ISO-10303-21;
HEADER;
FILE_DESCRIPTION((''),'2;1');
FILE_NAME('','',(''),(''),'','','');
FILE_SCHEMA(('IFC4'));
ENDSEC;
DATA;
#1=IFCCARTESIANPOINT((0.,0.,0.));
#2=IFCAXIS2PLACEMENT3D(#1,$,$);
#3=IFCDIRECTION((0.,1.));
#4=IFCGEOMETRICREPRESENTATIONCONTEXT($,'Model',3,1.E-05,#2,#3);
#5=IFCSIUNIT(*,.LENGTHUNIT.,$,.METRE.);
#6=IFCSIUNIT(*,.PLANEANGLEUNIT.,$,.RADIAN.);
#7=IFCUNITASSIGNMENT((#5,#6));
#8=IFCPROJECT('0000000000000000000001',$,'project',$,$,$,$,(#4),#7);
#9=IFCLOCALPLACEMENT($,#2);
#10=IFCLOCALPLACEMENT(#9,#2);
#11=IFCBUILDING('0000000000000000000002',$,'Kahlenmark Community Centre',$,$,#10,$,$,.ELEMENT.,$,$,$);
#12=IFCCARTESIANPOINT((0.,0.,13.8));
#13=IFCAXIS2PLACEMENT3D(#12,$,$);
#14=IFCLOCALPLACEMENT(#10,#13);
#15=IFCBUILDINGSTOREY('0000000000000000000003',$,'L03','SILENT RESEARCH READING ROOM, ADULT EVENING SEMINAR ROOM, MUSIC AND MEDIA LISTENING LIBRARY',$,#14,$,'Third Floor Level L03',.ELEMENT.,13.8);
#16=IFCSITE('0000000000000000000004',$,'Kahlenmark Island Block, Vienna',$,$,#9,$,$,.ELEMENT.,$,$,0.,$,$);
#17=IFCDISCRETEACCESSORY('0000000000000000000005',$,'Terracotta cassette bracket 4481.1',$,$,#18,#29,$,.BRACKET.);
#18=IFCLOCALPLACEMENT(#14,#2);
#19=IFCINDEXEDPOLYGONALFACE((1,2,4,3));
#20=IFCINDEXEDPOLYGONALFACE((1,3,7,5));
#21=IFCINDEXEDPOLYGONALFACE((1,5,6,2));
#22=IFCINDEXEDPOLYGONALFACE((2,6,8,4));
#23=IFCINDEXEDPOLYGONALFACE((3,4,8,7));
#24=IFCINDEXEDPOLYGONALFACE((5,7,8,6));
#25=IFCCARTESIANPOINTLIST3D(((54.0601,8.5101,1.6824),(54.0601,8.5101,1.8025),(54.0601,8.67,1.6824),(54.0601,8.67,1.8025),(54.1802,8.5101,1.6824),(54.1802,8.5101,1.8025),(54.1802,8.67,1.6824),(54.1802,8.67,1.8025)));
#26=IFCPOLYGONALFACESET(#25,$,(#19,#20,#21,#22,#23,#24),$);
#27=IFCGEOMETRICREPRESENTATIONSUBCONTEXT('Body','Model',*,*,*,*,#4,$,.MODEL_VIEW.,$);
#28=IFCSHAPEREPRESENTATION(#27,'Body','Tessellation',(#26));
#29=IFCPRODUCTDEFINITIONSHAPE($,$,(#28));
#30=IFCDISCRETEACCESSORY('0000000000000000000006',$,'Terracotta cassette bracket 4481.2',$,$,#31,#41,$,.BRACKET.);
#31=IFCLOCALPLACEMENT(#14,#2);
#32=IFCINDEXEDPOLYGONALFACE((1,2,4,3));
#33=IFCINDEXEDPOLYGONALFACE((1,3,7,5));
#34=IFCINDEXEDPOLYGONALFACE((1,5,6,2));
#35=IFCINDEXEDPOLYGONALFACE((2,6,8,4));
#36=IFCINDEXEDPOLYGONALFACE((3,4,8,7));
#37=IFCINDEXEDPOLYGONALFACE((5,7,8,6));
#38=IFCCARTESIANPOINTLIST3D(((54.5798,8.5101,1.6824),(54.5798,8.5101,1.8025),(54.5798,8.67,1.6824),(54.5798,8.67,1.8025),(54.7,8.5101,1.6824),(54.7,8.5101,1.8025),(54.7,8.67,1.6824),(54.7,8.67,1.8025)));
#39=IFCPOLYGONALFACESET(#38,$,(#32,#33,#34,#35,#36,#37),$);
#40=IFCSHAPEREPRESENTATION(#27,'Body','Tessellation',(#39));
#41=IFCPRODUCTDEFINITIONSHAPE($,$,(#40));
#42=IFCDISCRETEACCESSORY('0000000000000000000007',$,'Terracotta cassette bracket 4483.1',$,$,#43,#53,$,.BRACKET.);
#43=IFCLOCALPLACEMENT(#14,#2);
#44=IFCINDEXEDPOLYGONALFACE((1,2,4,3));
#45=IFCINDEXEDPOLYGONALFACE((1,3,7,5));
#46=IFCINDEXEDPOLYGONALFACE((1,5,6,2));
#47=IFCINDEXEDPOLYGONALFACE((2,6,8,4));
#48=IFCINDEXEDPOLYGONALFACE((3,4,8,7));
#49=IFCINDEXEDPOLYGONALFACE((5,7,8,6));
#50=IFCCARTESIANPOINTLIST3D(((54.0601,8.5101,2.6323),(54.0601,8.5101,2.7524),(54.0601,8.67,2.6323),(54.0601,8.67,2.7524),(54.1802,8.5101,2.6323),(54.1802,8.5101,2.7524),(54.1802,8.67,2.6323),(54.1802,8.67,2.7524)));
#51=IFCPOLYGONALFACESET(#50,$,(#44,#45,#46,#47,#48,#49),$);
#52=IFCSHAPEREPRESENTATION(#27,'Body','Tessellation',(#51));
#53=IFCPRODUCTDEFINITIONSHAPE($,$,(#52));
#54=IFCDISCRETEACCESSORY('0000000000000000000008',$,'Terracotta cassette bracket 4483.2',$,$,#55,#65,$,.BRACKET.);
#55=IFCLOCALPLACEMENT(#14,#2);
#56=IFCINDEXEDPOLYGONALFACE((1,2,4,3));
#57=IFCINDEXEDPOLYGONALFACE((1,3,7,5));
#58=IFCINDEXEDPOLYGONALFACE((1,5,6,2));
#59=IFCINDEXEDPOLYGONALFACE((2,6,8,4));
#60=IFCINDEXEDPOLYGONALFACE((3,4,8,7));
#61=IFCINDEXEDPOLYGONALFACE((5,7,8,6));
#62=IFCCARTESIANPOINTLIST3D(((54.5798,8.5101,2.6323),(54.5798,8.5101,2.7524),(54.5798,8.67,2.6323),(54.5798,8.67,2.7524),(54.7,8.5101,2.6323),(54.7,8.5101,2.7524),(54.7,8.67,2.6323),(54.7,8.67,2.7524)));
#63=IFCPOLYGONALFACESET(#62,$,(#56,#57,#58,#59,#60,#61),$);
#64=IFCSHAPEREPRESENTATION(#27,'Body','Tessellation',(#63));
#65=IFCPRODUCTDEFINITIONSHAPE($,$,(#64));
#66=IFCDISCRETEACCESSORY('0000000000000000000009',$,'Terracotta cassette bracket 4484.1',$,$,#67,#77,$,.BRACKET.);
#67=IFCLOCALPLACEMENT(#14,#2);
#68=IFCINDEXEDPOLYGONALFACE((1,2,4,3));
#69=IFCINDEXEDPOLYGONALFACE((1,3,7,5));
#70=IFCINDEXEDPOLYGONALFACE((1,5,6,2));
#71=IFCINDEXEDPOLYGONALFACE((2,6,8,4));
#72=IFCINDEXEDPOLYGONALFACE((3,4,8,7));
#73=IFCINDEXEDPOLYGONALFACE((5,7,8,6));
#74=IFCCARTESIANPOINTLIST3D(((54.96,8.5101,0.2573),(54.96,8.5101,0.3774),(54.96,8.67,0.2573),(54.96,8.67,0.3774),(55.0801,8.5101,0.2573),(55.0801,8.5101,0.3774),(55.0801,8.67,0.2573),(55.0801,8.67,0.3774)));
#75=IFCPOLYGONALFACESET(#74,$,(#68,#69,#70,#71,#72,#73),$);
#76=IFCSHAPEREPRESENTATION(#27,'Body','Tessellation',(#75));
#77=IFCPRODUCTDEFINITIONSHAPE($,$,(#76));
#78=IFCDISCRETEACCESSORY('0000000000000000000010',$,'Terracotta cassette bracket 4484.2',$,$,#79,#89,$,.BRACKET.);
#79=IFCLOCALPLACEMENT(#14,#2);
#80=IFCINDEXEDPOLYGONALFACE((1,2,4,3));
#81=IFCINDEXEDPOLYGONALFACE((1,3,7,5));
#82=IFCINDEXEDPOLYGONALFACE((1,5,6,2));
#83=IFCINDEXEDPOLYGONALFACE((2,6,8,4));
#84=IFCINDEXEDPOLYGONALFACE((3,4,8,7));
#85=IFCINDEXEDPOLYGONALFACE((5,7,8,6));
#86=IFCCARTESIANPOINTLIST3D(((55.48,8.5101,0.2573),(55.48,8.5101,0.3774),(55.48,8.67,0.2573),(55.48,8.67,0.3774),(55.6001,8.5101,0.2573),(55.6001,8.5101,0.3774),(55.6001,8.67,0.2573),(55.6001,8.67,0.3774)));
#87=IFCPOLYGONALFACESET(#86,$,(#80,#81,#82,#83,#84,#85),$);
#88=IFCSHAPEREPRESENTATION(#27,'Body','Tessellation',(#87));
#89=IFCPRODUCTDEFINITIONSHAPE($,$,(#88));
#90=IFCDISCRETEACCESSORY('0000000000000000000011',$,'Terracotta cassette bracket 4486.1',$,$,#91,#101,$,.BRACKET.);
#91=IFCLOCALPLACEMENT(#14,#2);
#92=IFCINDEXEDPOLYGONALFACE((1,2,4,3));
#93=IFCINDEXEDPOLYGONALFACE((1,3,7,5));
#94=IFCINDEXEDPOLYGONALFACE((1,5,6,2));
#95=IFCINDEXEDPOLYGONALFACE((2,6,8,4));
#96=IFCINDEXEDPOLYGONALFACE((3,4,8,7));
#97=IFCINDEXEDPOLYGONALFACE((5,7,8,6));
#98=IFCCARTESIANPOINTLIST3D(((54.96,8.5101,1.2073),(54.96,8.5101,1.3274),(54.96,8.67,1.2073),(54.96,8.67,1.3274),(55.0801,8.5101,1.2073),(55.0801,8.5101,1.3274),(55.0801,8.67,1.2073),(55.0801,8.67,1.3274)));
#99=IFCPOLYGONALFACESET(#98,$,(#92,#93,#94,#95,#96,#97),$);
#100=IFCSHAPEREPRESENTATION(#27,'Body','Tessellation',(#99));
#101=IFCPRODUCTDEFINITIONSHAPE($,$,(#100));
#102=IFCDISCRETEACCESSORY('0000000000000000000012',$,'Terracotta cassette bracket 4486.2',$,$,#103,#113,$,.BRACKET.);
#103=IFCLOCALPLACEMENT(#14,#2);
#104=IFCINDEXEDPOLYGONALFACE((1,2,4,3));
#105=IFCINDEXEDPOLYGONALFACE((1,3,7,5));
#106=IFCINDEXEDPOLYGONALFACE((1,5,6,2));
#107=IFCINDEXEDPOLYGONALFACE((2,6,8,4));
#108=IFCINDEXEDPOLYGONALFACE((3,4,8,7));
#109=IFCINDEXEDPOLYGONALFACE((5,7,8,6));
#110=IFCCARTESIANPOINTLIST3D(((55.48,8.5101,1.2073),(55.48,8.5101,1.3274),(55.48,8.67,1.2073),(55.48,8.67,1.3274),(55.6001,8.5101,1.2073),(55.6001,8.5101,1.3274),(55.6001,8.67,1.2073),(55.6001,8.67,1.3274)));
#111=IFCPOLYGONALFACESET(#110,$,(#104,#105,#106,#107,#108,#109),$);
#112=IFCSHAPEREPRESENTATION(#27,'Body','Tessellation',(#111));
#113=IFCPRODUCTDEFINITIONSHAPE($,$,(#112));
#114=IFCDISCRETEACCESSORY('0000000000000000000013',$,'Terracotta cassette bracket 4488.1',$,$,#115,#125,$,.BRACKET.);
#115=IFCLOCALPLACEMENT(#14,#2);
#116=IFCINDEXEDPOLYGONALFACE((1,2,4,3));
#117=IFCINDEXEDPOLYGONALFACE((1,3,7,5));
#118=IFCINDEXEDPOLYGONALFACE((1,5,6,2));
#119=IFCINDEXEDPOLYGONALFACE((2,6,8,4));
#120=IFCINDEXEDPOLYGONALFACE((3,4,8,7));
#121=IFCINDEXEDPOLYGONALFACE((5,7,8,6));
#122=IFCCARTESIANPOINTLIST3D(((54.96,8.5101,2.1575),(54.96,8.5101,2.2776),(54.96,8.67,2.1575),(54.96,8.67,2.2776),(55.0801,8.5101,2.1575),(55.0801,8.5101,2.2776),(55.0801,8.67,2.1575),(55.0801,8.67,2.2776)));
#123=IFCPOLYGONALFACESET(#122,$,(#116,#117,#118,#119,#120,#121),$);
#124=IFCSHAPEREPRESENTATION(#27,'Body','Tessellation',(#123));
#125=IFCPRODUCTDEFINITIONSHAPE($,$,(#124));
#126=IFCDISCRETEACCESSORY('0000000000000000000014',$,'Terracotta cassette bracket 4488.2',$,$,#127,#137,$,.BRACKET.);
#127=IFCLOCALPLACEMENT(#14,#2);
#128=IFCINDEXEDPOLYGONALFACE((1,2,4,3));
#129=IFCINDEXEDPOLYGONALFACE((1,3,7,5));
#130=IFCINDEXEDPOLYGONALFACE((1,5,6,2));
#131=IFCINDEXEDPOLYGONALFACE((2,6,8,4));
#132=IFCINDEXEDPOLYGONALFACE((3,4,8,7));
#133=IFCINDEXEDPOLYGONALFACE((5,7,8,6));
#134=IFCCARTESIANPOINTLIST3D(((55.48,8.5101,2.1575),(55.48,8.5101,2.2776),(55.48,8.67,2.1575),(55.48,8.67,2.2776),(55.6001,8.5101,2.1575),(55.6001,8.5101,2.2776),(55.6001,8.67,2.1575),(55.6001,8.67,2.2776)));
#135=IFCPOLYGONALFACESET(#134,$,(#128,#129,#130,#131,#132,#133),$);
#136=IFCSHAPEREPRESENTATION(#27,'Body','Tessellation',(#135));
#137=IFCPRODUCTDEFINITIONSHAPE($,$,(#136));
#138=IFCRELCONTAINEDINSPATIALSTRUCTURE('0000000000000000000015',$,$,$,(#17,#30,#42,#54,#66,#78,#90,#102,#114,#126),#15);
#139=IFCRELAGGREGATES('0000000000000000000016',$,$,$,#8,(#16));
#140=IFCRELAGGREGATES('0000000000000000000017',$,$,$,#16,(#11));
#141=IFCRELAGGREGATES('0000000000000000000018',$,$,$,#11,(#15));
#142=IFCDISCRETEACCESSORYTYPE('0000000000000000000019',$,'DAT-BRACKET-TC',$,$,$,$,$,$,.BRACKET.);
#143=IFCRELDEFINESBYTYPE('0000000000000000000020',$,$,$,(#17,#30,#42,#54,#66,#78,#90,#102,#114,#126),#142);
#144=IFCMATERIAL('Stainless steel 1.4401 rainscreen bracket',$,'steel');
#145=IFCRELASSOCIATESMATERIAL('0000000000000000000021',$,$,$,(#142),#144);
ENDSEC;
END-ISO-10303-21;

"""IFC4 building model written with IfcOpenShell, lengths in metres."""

from ifc_helpers import new_model, si_unit, direction, frame, origin, origin_2d, place, context, subcontext, project, spatial, rectangle, extrude, material, type_object, element, save


model = new_model("IFC4")

# Units and contexts
model_context = context("Model", 3, precision=1e-05, world=origin(), true_north=direction((0.0, 1.0)))
body_context = subcontext(model_context, "Body", "Model", "MODEL_VIEW")
ifc_project = project(units=[si_unit("LENGTHUNIT", "METRE"), si_unit("PLANEANGLEUNIT", "RADIAN")], contexts=[model_context])

# Site, building, storey
site_placement = place(None, origin())
site = spatial("IfcSite", under=ifc_project, at=site_placement, Name="Kahlenmark Island Block, Vienna", CompositionType="ELEMENT", RefElevation=0.0)
building_placement = place(site_placement, origin())
building = spatial("IfcBuilding", under=site, at=building_placement, Name="Kahlenmark Community Centre", CompositionType="ELEMENT")
storey_placement = place(building_placement, frame((0.0, 0.0, 13.8)))
storey = spatial("IfcBuildingStorey", under=building, at=storey_placement, Name="L03", Description="SILENT RESEARCH READING ROOM, ADULT EVENING SEMINAR ROOM, MUSIC AND MEDIA LISTENING LIBRARY", LongName="Third Floor Level L03", CompositionType="ELEMENT", Elevation=13.8)

# Discrete accessories
ifc_material_1 = material(Name="Stainless steel 1.4401 rainscreen bracket", Category="steel")
discrete_accessory_type = type_object("IfcDiscreteAccessoryType", Name="DAT-BRACKET-TC", PredefinedType="BRACKET", material=ifc_material_1)
for number, where, z_axis, x_axis, name in (
    (1, (54.1201, 8.5901, 1.6824), (0.0, 0.0, 1.0), (1.0, 0.0, 0.0), "Terracotta cassette bracket 4481.1"),
    (2, (54.6399, 8.5901, 1.6824), (0.0, 0.0, 1.0), (1.0, 0.0, 0.0), "Terracotta cassette bracket 4481.2"),
    (3, (54.1201, 8.5901, 2.6323), (0.0, 0.0, 1.0), (1.0, 0.0, 0.0), "Terracotta cassette bracket 4483.1"),
    (4, (54.6399, 8.5901, 2.6323), (0.0, 0.0, 1.0), (1.0, 0.0, 0.0), "Terracotta cassette bracket 4483.2"),
    (5, (55.02, 8.5901, 0.2573), (0.0, 0.0, 1.0), (1.0, 0.0, 0.0), "Terracotta cassette bracket 4484.1"),
    (6, (55.54, 8.5901, 0.2573), (0.0, 0.0, 1.0), (1.0, 0.0, 0.0), "Terracotta cassette bracket 4484.2"),
    (7, (55.02, 8.5901, 1.2073), (0.0, 0.0, 1.0), (1.0, 0.0, 0.0), "Terracotta cassette bracket 4486.1"),
    (8, (55.54, 8.5901, 1.2073), (0.0, 0.0, 1.0), (1.0, 0.0, 0.0), "Terracotta cassette bracket 4486.2"),
    (9, (55.02, 8.5901, 2.1575), (0.0, 0.0, 1.0), (1.0, 0.0, 0.0), "Terracotta cassette bracket 4488.1"),
    (10, (55.54, 8.5901, 2.1575), (0.0, 0.0, 1.0), (1.0, 0.0, 0.0), "Terracotta cassette bracket 4488.2"),
):
    element("IfcDiscreteAccessory", number, at=place(storey_placement, frame(where, z_axis=z_axis, x_axis=x_axis)), inside=storey, type_object=discrete_accessory_type, Name=name, PredefinedType="BRACKET", context=body_context, shape_type="SweptSolid", body=[
        extrude(rectangle(XDim=0.1201, YDim=0.1599, at=origin_2d()), origin(), (0.0, 0.0, 1.0), 0.1201),
    ])

save(model, "model.ifc")
